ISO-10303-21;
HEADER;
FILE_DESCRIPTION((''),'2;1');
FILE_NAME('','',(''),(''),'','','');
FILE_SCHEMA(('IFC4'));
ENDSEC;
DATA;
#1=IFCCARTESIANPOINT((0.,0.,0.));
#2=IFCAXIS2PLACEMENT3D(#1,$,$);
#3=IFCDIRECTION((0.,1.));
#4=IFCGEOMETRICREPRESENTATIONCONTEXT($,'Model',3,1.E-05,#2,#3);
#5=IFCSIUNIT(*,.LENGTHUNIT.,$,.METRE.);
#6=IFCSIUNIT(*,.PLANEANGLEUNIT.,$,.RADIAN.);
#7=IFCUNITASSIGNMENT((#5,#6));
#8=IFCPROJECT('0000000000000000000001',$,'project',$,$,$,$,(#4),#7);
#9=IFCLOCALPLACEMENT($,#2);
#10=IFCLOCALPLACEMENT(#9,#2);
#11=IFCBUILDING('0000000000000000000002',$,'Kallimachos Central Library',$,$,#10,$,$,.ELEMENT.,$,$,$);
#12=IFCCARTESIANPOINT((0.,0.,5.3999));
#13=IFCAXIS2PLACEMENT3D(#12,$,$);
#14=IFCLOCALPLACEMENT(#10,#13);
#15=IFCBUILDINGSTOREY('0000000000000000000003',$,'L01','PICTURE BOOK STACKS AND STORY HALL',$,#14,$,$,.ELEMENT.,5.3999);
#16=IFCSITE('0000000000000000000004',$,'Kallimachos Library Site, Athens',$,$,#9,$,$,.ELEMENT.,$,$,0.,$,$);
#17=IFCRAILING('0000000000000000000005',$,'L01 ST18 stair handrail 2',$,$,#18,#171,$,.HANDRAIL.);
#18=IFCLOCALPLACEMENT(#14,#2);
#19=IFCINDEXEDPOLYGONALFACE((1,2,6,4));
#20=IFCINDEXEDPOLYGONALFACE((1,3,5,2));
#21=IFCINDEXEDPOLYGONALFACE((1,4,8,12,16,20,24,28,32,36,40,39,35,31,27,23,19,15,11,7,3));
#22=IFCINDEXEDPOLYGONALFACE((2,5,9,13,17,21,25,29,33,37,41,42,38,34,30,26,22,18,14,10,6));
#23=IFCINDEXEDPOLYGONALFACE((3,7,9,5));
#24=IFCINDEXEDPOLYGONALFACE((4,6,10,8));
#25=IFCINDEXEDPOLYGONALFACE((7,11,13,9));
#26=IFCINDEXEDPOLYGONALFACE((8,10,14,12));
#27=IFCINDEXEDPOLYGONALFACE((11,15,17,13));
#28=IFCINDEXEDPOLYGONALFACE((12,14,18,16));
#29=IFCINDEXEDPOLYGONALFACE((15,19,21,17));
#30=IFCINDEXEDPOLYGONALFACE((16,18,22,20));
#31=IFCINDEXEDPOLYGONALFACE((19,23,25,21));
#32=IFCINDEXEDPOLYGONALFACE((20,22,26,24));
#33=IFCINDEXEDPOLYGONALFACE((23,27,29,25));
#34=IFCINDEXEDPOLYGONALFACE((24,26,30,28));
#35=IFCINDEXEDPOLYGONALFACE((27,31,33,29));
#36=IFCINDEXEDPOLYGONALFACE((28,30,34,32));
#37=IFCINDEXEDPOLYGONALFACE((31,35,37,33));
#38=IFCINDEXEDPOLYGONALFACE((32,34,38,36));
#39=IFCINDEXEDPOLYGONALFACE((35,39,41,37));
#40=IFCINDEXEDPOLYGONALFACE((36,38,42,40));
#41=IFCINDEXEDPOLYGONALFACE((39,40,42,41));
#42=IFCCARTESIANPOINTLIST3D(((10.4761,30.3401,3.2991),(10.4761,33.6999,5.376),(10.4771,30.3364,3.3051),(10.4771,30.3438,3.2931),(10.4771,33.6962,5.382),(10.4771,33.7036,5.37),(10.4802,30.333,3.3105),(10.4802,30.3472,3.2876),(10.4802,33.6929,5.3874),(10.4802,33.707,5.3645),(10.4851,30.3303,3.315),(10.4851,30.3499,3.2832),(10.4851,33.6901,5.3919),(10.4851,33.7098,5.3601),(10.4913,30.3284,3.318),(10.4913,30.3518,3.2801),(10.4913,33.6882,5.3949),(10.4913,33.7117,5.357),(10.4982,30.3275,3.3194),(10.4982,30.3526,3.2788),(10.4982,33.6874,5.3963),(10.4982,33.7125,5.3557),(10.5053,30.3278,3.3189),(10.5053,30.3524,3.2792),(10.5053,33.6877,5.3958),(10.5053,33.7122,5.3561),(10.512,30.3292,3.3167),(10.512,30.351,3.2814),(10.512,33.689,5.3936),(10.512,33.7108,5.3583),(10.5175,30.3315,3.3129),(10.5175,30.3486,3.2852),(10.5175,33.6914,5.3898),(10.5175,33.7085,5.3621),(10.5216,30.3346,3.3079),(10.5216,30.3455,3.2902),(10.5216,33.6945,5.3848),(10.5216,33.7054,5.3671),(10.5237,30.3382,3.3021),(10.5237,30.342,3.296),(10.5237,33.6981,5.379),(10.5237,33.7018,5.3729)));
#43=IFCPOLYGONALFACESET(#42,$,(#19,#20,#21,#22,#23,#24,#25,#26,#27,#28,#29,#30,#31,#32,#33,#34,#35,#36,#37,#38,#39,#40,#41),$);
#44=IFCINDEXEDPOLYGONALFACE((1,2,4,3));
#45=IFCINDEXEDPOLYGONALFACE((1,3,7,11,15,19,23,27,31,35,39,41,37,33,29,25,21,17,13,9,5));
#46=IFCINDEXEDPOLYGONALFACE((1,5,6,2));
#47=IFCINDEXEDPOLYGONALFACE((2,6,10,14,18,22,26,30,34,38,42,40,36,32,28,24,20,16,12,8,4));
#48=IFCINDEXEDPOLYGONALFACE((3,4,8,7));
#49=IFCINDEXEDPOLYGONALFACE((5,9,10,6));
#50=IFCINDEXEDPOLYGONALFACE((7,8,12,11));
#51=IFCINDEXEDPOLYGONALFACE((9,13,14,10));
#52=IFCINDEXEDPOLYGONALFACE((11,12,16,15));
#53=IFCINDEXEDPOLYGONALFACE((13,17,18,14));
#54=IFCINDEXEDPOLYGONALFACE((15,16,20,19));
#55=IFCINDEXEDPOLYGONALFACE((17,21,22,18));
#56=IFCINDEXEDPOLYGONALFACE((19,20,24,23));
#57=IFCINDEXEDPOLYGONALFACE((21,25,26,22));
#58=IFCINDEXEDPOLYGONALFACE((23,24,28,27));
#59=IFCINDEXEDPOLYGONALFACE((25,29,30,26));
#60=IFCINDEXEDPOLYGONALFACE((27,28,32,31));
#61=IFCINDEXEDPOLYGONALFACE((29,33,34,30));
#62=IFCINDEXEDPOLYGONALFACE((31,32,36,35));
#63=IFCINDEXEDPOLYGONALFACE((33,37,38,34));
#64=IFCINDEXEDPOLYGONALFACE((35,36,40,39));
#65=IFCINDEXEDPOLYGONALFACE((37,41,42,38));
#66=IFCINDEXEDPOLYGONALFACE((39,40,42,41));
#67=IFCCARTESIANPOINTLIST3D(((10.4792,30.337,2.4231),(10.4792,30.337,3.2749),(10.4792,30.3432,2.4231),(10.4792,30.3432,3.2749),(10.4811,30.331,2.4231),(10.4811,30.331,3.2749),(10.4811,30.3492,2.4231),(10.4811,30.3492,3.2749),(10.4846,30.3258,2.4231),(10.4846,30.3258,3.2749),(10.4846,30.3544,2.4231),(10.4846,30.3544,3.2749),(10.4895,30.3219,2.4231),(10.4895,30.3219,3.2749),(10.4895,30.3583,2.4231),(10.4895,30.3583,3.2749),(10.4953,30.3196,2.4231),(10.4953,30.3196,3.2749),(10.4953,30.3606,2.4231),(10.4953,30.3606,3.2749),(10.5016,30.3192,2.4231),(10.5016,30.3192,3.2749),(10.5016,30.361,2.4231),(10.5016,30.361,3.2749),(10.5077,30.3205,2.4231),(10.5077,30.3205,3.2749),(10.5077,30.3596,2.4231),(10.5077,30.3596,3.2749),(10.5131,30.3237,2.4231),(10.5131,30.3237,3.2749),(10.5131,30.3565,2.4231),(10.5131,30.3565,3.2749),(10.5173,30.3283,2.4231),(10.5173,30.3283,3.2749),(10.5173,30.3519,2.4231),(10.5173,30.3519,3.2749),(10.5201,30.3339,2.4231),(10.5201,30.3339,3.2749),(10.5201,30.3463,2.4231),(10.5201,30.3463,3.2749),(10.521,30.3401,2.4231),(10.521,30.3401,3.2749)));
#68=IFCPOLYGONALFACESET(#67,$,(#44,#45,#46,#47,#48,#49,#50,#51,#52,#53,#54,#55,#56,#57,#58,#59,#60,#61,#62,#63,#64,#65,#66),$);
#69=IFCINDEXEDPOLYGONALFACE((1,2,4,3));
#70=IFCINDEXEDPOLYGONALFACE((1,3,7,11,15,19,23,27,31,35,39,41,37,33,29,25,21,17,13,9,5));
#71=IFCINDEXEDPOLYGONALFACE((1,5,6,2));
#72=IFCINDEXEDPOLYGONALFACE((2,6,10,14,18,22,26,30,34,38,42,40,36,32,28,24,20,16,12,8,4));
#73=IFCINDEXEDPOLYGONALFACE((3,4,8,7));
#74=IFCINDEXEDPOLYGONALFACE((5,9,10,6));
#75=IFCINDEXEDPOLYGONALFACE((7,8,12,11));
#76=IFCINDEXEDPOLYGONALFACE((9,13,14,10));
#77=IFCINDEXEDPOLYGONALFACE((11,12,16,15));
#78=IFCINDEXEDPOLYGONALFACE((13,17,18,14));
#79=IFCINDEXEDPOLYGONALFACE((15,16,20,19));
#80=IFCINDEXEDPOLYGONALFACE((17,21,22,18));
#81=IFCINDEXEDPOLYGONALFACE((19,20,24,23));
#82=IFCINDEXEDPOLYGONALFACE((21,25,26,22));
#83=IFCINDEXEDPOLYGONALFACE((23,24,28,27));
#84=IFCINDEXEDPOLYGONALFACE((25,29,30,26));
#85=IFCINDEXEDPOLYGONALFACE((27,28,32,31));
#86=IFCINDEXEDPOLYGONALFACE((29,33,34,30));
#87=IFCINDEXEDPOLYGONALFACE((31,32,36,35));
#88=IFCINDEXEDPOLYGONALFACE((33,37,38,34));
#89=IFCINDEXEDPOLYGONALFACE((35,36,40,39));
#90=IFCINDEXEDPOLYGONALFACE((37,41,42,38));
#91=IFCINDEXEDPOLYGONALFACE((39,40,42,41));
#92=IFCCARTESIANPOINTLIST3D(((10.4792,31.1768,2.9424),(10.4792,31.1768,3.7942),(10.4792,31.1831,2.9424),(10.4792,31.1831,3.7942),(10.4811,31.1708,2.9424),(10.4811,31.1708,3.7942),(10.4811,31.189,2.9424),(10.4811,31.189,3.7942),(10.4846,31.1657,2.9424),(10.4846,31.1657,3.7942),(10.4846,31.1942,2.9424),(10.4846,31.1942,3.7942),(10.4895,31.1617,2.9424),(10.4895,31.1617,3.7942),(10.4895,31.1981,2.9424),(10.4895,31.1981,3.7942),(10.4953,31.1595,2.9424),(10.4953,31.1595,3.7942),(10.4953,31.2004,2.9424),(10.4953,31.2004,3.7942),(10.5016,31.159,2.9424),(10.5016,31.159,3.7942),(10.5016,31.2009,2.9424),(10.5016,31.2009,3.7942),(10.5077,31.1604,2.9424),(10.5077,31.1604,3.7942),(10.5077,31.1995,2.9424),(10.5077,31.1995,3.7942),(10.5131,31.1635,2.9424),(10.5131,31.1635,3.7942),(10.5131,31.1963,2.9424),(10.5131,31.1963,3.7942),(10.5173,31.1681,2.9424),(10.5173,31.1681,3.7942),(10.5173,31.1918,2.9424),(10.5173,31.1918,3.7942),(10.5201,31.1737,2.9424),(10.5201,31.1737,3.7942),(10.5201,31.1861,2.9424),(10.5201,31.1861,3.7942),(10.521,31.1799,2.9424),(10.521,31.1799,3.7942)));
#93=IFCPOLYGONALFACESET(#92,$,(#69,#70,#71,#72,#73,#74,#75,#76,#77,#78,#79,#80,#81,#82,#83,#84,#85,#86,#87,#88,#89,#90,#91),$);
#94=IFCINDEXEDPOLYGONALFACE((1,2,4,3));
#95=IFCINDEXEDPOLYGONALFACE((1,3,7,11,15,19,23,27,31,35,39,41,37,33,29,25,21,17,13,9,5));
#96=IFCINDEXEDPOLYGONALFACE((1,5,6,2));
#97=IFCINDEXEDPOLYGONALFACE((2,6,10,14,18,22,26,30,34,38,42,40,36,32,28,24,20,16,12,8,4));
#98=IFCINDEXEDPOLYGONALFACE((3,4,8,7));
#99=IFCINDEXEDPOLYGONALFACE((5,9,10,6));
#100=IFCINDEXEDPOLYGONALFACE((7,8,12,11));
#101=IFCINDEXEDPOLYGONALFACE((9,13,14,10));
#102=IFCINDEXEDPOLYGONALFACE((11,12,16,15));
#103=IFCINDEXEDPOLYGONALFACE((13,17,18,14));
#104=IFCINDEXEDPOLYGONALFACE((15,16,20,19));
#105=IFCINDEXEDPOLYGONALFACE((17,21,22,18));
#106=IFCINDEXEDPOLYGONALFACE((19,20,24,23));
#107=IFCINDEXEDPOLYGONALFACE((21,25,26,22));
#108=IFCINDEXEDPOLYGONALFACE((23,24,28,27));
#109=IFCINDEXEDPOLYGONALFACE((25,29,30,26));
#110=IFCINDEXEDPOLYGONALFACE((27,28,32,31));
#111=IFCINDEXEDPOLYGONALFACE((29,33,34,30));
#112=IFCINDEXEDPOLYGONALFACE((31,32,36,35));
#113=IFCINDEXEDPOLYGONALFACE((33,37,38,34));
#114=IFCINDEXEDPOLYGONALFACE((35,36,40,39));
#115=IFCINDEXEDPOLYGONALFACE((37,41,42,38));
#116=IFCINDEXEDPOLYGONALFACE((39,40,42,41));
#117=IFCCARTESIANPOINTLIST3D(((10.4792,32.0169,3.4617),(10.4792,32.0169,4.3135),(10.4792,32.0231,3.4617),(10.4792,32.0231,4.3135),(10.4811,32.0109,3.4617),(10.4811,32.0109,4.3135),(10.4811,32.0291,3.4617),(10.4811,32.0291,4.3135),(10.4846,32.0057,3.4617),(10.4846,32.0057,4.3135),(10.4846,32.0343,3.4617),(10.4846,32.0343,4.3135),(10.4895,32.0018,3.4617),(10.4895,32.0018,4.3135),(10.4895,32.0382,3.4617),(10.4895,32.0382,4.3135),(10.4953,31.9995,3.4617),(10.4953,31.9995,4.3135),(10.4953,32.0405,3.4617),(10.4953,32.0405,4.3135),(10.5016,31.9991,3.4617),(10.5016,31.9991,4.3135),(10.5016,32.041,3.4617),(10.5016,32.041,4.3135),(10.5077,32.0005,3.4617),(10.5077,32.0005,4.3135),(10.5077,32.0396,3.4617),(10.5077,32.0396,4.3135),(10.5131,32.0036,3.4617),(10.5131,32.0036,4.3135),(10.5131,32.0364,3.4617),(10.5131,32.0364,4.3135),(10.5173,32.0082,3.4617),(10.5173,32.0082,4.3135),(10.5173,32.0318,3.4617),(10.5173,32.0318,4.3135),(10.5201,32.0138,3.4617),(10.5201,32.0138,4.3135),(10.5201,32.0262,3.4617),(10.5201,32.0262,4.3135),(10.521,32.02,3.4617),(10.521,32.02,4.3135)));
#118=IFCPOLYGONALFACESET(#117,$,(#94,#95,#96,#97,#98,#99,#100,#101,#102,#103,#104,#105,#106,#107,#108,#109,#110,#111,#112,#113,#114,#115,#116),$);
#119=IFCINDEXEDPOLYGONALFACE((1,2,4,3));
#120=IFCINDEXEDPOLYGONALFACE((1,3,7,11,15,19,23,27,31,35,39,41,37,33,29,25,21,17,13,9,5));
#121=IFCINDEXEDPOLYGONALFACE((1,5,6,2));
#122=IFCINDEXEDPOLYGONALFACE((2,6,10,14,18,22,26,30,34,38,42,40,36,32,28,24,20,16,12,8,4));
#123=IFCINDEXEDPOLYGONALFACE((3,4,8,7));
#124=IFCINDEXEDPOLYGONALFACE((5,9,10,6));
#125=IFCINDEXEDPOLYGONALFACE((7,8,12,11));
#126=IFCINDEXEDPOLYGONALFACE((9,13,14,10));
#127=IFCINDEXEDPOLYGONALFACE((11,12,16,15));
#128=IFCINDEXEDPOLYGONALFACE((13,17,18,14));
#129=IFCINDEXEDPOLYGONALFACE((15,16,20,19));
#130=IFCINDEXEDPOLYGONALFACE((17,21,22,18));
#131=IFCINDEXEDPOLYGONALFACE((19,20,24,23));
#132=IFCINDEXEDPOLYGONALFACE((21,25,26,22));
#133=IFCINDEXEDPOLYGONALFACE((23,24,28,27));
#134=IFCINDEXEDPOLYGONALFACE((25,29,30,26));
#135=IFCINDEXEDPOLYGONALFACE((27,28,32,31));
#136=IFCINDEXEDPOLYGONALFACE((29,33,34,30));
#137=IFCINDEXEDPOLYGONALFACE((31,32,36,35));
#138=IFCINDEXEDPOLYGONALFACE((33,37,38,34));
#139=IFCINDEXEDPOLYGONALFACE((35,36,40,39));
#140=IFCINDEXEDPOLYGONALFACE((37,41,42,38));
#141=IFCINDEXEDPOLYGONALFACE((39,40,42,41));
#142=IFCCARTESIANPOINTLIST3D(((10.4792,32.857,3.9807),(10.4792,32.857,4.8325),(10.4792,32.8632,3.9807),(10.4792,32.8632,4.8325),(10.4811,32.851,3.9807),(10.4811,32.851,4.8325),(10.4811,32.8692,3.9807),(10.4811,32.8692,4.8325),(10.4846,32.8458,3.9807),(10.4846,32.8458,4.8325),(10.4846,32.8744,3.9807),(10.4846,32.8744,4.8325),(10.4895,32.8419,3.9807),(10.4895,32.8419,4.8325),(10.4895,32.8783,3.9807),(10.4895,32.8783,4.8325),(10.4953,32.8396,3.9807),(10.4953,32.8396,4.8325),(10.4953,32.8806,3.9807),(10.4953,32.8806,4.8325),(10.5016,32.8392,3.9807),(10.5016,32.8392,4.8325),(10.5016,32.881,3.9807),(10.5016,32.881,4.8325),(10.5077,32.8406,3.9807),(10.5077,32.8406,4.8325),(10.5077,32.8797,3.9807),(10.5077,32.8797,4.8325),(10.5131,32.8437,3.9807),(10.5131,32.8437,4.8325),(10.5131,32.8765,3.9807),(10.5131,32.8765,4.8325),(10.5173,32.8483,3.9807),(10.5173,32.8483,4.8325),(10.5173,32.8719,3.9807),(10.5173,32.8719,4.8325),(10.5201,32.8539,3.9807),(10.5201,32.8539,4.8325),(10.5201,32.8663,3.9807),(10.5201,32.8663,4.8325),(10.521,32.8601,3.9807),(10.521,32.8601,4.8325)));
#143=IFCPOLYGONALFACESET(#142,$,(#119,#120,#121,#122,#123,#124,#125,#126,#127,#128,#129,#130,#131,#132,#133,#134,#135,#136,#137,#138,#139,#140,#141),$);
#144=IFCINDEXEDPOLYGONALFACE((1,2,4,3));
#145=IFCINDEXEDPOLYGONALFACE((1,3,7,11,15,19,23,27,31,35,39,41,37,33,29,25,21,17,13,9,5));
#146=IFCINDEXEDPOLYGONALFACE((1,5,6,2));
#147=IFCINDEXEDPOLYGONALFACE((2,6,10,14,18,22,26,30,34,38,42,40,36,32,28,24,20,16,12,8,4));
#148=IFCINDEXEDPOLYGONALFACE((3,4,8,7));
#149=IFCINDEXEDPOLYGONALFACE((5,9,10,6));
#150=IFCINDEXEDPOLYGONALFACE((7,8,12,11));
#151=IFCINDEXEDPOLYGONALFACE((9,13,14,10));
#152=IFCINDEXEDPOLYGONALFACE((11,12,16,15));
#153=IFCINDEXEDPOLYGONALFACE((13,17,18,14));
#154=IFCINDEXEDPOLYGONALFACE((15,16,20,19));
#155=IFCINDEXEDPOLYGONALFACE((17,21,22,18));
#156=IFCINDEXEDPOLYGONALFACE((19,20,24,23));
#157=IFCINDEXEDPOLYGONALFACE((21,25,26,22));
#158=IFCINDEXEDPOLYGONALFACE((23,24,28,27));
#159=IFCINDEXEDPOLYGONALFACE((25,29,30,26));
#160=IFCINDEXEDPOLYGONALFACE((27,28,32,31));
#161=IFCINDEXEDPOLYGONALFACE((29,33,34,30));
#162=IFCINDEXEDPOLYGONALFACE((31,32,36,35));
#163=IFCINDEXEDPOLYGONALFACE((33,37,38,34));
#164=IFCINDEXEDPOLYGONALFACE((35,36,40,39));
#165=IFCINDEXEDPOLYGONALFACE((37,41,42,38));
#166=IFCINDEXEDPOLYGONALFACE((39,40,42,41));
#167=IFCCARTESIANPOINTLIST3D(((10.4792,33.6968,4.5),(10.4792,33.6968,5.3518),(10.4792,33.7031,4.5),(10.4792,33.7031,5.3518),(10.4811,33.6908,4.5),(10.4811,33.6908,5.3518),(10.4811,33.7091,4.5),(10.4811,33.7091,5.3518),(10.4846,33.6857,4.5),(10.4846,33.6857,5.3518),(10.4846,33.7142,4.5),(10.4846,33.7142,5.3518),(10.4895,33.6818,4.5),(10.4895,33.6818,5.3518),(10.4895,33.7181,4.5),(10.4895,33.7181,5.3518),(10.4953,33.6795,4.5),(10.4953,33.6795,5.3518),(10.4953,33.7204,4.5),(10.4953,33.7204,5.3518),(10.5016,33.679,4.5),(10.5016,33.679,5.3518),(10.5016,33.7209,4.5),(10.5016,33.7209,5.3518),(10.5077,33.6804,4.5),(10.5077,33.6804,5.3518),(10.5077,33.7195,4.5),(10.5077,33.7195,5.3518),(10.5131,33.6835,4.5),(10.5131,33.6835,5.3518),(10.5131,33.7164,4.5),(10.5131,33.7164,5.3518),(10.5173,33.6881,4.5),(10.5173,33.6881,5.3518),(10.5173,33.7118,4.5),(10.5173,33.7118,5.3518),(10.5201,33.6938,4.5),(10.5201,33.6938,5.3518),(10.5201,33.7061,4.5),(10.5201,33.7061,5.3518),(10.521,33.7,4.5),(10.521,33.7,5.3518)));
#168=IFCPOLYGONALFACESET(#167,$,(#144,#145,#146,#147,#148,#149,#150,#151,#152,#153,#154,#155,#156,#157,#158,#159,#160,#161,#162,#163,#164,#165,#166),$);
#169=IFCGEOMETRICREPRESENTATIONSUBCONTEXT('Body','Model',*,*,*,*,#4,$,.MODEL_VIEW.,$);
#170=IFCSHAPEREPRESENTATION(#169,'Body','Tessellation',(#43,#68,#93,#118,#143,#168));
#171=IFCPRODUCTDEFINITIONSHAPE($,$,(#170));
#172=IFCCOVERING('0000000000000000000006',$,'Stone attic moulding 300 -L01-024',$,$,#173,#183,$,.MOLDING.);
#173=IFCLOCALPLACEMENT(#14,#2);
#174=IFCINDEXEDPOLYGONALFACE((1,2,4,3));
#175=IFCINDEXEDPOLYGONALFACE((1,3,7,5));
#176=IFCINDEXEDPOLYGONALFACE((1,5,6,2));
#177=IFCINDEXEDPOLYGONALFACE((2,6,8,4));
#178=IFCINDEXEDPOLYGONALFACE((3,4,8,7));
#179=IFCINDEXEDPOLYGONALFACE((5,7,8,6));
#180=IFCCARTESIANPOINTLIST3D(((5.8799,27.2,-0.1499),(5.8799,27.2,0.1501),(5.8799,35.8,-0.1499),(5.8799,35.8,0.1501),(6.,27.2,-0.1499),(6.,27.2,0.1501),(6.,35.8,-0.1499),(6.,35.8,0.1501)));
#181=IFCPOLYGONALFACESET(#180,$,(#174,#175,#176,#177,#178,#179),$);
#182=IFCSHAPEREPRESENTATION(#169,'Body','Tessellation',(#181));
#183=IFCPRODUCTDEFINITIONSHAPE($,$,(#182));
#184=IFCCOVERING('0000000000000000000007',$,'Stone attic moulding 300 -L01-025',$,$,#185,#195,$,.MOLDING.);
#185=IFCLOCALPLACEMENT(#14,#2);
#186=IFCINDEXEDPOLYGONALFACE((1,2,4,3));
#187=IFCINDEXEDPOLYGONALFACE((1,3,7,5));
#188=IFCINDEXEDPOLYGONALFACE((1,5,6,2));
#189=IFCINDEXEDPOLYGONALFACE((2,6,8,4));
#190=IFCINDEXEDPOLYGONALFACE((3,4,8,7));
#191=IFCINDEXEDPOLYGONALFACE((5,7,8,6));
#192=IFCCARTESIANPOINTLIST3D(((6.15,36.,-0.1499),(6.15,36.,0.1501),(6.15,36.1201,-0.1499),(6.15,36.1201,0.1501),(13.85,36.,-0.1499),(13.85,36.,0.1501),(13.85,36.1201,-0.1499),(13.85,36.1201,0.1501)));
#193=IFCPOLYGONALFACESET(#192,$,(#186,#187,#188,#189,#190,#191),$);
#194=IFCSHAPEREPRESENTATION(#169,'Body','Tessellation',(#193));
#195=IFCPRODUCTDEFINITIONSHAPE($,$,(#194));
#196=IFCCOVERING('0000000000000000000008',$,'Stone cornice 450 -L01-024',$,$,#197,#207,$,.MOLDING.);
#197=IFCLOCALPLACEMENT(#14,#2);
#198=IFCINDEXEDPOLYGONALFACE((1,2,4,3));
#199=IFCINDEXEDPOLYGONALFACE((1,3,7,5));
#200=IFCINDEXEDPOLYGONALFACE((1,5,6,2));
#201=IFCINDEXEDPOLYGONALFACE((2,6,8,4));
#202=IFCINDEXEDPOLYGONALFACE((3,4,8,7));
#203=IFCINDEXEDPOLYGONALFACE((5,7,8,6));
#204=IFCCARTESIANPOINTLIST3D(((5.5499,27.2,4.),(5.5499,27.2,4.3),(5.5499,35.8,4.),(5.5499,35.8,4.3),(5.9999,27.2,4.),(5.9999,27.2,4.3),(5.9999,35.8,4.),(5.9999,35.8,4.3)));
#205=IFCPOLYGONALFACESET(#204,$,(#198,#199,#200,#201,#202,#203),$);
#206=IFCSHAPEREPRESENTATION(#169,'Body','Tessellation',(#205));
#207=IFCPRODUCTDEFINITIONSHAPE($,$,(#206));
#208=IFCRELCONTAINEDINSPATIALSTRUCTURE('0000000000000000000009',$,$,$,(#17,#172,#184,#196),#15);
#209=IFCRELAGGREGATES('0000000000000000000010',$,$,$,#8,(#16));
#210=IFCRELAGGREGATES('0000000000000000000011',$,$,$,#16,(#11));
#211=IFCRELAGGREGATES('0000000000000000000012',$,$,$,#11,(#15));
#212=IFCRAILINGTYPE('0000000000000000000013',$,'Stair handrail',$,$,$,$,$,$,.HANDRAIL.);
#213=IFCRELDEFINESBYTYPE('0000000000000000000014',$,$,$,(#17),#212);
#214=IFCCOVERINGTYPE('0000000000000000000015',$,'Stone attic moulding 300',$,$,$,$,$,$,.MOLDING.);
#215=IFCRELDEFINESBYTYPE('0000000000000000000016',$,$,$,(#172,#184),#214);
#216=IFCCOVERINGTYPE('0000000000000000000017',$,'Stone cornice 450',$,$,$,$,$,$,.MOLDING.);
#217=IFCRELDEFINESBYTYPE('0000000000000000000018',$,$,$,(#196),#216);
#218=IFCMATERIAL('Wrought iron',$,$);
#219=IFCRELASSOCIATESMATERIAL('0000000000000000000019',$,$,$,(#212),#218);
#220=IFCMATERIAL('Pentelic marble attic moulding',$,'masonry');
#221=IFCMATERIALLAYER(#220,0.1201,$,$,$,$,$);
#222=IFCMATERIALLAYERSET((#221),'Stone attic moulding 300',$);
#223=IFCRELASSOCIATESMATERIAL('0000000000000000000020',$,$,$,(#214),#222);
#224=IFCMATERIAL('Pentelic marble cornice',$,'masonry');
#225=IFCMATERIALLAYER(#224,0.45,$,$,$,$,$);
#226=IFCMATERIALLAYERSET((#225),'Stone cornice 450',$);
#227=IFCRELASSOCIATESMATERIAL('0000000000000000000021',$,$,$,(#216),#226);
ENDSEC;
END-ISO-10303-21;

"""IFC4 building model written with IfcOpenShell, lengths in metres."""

from ifc_helpers import new_model, si_unit, direction, frame, origin, origin_2d, place, context, subcontext, project, spatial, rectangle, circle, extrude, material, layer, layer_set, type_object, element, save


model = new_model("IFC4")

# Units and contexts
model_context = context("Model", 3, precision=1e-05, world=origin(), true_north=direction((0.0, 1.0)))
body_context = subcontext(model_context, "Body", "Model", "MODEL_VIEW")
ifc_project = project(units=[si_unit("LENGTHUNIT", "METRE"), si_unit("PLANEANGLEUNIT", "RADIAN")], contexts=[model_context])

# Site, building, storey
site_placement = place(None, origin())
site = spatial("IfcSite", under=ifc_project, at=site_placement, Name="Kallimachos Library Site, Athens", CompositionType="ELEMENT", RefElevation=0.0)
building_placement = place(site_placement, origin())
building = spatial("IfcBuilding", under=site, at=building_placement, Name="Kallimachos Central Library", CompositionType="ELEMENT")
storey_placement = place(building_placement, frame((0.0, 0.0, 5.3999)))
storey = spatial("IfcBuildingStorey", under=building, at=storey_placement, Name="L01", Description="PICTURE BOOK STACKS AND STORY HALL", CompositionType="ELEMENT", Elevation=5.3999)

# Railing
ifc_material_1 = material(Name="Wrought iron")
railing_type_1 = type_object("IfcRailingType", Name="Stair handrail", PredefinedType="HANDRAIL", material=ifc_material_1)
railing_1_placement = place(storey_placement, frame((10.5, 30.3401, 2.4231)))
element("IfcRailing", 1, at=railing_1_placement, inside=storey, type_object=railing_type_1, Name="L01 ST18 stair handrail 2", PredefinedType="HANDRAIL", context=body_context, shape_type="SweptSolid", body=[
    extrude(circle(Radius=0.0239, at=origin_2d()), frame((0.0, 0.0, 0.876), z_axis=(0.0, 0.850606, 0.525803), x_axis=(-1.0, 0.0, 0.0)), (0.0, 0.0, 1.0), 3.95),
    extrude(circle(Radius=0.021, at=origin_2d()), origin(), (0.0, 0.0, 1.0), 0.8518),
    extrude(circle(Radius=0.021, at=origin_2d()), frame((0.0, 0.8398, 0.5193)), (0.0, 0.0, 1.0), 0.8518),
    extrude(circle(Radius=0.021, at=origin_2d()), frame((0.0, 1.6799, 1.0386)), (0.0, 0.0, 1.0), 0.8518),
    extrude(circle(Radius=0.021, at=origin_2d()), frame((0.0, 2.52, 1.5576)), (0.0, 0.0, 1.0), 0.8518),
    extrude(circle(Radius=0.021, at=origin_2d()), frame((0.0, 3.3599, 2.0769)), (0.0, 0.0, 1.0), 0.8518),
])

# Coverings
ifc_material_2 = material(Name="Pentelic marble attic moulding", Category="masonry")
ifc_layer_1 = layer(ifc_material_2, 0.1201)
ifc_layer_set_1 = layer_set([ifc_layer_1], Name="Stone attic moulding 300")
covering_type_1 = type_object("IfcCoveringType", Name="Stone attic moulding 300", PredefinedType="MOLDING", material=ifc_layer_set_1)
covering_1_placement = place(storey_placement, frame((5.9399, 31.5, -0.1499), z_axis=(0.0, 0.0, 1.0), x_axis=(1.0, 0.0, 0.0)))
element("IfcCovering", 2, at=covering_1_placement, inside=storey, type_object=covering_type_1, Name="Stone attic moulding 300 -L01-024", PredefinedType="MOLDING", context=body_context, shape_type="SweptSolid", body=[
    extrude(rectangle(XDim=0.1201, YDim=8.6001, at=origin_2d()), origin(), (0.0, 0.0, 1.0), 0.3),
])
covering_2_placement = place(storey_placement, frame((10.0, 36.0601, -0.1499), z_axis=(0.0, 0.0, 1.0), x_axis=(1.0, 0.0, 0.0)))
element("IfcCovering", 3, at=covering_2_placement, inside=storey, type_object=covering_type_1, Name="Stone attic moulding 300 -L01-025", PredefinedType="MOLDING", context=body_context, shape_type="SweptSolid", body=[
    extrude(rectangle(XDim=7.7, YDim=0.1201, at=origin_2d()), origin(), (0.0, 0.0, 1.0), 0.3),
])
ifc_material_3 = material(Name="Pentelic marble cornice", Category="masonry")
ifc_layer_2 = layer(ifc_material_3, 0.45)
ifc_layer_set_2 = layer_set([ifc_layer_2], Name="Stone cornice 450")
covering_type_2 = type_object("IfcCoveringType", Name="Stone cornice 450", PredefinedType="MOLDING", material=ifc_layer_set_2)
covering_3_placement = place(storey_placement, frame((5.7749, 31.5, 4.0), z_axis=(0.0, 0.0, 1.0), x_axis=(1.0, 0.0, 0.0)))
element("IfcCovering", 4, at=covering_3_placement, inside=storey, type_object=covering_type_2, Name="Stone cornice 450 -L01-024", PredefinedType="MOLDING", context=body_context, shape_type="SweptSolid", body=[
    extrude(rectangle(XDim=0.45, YDim=8.6001, at=origin_2d()), origin(), (0.0, 0.0, 1.0), 0.3),
])

save(model, "model.ifc")
